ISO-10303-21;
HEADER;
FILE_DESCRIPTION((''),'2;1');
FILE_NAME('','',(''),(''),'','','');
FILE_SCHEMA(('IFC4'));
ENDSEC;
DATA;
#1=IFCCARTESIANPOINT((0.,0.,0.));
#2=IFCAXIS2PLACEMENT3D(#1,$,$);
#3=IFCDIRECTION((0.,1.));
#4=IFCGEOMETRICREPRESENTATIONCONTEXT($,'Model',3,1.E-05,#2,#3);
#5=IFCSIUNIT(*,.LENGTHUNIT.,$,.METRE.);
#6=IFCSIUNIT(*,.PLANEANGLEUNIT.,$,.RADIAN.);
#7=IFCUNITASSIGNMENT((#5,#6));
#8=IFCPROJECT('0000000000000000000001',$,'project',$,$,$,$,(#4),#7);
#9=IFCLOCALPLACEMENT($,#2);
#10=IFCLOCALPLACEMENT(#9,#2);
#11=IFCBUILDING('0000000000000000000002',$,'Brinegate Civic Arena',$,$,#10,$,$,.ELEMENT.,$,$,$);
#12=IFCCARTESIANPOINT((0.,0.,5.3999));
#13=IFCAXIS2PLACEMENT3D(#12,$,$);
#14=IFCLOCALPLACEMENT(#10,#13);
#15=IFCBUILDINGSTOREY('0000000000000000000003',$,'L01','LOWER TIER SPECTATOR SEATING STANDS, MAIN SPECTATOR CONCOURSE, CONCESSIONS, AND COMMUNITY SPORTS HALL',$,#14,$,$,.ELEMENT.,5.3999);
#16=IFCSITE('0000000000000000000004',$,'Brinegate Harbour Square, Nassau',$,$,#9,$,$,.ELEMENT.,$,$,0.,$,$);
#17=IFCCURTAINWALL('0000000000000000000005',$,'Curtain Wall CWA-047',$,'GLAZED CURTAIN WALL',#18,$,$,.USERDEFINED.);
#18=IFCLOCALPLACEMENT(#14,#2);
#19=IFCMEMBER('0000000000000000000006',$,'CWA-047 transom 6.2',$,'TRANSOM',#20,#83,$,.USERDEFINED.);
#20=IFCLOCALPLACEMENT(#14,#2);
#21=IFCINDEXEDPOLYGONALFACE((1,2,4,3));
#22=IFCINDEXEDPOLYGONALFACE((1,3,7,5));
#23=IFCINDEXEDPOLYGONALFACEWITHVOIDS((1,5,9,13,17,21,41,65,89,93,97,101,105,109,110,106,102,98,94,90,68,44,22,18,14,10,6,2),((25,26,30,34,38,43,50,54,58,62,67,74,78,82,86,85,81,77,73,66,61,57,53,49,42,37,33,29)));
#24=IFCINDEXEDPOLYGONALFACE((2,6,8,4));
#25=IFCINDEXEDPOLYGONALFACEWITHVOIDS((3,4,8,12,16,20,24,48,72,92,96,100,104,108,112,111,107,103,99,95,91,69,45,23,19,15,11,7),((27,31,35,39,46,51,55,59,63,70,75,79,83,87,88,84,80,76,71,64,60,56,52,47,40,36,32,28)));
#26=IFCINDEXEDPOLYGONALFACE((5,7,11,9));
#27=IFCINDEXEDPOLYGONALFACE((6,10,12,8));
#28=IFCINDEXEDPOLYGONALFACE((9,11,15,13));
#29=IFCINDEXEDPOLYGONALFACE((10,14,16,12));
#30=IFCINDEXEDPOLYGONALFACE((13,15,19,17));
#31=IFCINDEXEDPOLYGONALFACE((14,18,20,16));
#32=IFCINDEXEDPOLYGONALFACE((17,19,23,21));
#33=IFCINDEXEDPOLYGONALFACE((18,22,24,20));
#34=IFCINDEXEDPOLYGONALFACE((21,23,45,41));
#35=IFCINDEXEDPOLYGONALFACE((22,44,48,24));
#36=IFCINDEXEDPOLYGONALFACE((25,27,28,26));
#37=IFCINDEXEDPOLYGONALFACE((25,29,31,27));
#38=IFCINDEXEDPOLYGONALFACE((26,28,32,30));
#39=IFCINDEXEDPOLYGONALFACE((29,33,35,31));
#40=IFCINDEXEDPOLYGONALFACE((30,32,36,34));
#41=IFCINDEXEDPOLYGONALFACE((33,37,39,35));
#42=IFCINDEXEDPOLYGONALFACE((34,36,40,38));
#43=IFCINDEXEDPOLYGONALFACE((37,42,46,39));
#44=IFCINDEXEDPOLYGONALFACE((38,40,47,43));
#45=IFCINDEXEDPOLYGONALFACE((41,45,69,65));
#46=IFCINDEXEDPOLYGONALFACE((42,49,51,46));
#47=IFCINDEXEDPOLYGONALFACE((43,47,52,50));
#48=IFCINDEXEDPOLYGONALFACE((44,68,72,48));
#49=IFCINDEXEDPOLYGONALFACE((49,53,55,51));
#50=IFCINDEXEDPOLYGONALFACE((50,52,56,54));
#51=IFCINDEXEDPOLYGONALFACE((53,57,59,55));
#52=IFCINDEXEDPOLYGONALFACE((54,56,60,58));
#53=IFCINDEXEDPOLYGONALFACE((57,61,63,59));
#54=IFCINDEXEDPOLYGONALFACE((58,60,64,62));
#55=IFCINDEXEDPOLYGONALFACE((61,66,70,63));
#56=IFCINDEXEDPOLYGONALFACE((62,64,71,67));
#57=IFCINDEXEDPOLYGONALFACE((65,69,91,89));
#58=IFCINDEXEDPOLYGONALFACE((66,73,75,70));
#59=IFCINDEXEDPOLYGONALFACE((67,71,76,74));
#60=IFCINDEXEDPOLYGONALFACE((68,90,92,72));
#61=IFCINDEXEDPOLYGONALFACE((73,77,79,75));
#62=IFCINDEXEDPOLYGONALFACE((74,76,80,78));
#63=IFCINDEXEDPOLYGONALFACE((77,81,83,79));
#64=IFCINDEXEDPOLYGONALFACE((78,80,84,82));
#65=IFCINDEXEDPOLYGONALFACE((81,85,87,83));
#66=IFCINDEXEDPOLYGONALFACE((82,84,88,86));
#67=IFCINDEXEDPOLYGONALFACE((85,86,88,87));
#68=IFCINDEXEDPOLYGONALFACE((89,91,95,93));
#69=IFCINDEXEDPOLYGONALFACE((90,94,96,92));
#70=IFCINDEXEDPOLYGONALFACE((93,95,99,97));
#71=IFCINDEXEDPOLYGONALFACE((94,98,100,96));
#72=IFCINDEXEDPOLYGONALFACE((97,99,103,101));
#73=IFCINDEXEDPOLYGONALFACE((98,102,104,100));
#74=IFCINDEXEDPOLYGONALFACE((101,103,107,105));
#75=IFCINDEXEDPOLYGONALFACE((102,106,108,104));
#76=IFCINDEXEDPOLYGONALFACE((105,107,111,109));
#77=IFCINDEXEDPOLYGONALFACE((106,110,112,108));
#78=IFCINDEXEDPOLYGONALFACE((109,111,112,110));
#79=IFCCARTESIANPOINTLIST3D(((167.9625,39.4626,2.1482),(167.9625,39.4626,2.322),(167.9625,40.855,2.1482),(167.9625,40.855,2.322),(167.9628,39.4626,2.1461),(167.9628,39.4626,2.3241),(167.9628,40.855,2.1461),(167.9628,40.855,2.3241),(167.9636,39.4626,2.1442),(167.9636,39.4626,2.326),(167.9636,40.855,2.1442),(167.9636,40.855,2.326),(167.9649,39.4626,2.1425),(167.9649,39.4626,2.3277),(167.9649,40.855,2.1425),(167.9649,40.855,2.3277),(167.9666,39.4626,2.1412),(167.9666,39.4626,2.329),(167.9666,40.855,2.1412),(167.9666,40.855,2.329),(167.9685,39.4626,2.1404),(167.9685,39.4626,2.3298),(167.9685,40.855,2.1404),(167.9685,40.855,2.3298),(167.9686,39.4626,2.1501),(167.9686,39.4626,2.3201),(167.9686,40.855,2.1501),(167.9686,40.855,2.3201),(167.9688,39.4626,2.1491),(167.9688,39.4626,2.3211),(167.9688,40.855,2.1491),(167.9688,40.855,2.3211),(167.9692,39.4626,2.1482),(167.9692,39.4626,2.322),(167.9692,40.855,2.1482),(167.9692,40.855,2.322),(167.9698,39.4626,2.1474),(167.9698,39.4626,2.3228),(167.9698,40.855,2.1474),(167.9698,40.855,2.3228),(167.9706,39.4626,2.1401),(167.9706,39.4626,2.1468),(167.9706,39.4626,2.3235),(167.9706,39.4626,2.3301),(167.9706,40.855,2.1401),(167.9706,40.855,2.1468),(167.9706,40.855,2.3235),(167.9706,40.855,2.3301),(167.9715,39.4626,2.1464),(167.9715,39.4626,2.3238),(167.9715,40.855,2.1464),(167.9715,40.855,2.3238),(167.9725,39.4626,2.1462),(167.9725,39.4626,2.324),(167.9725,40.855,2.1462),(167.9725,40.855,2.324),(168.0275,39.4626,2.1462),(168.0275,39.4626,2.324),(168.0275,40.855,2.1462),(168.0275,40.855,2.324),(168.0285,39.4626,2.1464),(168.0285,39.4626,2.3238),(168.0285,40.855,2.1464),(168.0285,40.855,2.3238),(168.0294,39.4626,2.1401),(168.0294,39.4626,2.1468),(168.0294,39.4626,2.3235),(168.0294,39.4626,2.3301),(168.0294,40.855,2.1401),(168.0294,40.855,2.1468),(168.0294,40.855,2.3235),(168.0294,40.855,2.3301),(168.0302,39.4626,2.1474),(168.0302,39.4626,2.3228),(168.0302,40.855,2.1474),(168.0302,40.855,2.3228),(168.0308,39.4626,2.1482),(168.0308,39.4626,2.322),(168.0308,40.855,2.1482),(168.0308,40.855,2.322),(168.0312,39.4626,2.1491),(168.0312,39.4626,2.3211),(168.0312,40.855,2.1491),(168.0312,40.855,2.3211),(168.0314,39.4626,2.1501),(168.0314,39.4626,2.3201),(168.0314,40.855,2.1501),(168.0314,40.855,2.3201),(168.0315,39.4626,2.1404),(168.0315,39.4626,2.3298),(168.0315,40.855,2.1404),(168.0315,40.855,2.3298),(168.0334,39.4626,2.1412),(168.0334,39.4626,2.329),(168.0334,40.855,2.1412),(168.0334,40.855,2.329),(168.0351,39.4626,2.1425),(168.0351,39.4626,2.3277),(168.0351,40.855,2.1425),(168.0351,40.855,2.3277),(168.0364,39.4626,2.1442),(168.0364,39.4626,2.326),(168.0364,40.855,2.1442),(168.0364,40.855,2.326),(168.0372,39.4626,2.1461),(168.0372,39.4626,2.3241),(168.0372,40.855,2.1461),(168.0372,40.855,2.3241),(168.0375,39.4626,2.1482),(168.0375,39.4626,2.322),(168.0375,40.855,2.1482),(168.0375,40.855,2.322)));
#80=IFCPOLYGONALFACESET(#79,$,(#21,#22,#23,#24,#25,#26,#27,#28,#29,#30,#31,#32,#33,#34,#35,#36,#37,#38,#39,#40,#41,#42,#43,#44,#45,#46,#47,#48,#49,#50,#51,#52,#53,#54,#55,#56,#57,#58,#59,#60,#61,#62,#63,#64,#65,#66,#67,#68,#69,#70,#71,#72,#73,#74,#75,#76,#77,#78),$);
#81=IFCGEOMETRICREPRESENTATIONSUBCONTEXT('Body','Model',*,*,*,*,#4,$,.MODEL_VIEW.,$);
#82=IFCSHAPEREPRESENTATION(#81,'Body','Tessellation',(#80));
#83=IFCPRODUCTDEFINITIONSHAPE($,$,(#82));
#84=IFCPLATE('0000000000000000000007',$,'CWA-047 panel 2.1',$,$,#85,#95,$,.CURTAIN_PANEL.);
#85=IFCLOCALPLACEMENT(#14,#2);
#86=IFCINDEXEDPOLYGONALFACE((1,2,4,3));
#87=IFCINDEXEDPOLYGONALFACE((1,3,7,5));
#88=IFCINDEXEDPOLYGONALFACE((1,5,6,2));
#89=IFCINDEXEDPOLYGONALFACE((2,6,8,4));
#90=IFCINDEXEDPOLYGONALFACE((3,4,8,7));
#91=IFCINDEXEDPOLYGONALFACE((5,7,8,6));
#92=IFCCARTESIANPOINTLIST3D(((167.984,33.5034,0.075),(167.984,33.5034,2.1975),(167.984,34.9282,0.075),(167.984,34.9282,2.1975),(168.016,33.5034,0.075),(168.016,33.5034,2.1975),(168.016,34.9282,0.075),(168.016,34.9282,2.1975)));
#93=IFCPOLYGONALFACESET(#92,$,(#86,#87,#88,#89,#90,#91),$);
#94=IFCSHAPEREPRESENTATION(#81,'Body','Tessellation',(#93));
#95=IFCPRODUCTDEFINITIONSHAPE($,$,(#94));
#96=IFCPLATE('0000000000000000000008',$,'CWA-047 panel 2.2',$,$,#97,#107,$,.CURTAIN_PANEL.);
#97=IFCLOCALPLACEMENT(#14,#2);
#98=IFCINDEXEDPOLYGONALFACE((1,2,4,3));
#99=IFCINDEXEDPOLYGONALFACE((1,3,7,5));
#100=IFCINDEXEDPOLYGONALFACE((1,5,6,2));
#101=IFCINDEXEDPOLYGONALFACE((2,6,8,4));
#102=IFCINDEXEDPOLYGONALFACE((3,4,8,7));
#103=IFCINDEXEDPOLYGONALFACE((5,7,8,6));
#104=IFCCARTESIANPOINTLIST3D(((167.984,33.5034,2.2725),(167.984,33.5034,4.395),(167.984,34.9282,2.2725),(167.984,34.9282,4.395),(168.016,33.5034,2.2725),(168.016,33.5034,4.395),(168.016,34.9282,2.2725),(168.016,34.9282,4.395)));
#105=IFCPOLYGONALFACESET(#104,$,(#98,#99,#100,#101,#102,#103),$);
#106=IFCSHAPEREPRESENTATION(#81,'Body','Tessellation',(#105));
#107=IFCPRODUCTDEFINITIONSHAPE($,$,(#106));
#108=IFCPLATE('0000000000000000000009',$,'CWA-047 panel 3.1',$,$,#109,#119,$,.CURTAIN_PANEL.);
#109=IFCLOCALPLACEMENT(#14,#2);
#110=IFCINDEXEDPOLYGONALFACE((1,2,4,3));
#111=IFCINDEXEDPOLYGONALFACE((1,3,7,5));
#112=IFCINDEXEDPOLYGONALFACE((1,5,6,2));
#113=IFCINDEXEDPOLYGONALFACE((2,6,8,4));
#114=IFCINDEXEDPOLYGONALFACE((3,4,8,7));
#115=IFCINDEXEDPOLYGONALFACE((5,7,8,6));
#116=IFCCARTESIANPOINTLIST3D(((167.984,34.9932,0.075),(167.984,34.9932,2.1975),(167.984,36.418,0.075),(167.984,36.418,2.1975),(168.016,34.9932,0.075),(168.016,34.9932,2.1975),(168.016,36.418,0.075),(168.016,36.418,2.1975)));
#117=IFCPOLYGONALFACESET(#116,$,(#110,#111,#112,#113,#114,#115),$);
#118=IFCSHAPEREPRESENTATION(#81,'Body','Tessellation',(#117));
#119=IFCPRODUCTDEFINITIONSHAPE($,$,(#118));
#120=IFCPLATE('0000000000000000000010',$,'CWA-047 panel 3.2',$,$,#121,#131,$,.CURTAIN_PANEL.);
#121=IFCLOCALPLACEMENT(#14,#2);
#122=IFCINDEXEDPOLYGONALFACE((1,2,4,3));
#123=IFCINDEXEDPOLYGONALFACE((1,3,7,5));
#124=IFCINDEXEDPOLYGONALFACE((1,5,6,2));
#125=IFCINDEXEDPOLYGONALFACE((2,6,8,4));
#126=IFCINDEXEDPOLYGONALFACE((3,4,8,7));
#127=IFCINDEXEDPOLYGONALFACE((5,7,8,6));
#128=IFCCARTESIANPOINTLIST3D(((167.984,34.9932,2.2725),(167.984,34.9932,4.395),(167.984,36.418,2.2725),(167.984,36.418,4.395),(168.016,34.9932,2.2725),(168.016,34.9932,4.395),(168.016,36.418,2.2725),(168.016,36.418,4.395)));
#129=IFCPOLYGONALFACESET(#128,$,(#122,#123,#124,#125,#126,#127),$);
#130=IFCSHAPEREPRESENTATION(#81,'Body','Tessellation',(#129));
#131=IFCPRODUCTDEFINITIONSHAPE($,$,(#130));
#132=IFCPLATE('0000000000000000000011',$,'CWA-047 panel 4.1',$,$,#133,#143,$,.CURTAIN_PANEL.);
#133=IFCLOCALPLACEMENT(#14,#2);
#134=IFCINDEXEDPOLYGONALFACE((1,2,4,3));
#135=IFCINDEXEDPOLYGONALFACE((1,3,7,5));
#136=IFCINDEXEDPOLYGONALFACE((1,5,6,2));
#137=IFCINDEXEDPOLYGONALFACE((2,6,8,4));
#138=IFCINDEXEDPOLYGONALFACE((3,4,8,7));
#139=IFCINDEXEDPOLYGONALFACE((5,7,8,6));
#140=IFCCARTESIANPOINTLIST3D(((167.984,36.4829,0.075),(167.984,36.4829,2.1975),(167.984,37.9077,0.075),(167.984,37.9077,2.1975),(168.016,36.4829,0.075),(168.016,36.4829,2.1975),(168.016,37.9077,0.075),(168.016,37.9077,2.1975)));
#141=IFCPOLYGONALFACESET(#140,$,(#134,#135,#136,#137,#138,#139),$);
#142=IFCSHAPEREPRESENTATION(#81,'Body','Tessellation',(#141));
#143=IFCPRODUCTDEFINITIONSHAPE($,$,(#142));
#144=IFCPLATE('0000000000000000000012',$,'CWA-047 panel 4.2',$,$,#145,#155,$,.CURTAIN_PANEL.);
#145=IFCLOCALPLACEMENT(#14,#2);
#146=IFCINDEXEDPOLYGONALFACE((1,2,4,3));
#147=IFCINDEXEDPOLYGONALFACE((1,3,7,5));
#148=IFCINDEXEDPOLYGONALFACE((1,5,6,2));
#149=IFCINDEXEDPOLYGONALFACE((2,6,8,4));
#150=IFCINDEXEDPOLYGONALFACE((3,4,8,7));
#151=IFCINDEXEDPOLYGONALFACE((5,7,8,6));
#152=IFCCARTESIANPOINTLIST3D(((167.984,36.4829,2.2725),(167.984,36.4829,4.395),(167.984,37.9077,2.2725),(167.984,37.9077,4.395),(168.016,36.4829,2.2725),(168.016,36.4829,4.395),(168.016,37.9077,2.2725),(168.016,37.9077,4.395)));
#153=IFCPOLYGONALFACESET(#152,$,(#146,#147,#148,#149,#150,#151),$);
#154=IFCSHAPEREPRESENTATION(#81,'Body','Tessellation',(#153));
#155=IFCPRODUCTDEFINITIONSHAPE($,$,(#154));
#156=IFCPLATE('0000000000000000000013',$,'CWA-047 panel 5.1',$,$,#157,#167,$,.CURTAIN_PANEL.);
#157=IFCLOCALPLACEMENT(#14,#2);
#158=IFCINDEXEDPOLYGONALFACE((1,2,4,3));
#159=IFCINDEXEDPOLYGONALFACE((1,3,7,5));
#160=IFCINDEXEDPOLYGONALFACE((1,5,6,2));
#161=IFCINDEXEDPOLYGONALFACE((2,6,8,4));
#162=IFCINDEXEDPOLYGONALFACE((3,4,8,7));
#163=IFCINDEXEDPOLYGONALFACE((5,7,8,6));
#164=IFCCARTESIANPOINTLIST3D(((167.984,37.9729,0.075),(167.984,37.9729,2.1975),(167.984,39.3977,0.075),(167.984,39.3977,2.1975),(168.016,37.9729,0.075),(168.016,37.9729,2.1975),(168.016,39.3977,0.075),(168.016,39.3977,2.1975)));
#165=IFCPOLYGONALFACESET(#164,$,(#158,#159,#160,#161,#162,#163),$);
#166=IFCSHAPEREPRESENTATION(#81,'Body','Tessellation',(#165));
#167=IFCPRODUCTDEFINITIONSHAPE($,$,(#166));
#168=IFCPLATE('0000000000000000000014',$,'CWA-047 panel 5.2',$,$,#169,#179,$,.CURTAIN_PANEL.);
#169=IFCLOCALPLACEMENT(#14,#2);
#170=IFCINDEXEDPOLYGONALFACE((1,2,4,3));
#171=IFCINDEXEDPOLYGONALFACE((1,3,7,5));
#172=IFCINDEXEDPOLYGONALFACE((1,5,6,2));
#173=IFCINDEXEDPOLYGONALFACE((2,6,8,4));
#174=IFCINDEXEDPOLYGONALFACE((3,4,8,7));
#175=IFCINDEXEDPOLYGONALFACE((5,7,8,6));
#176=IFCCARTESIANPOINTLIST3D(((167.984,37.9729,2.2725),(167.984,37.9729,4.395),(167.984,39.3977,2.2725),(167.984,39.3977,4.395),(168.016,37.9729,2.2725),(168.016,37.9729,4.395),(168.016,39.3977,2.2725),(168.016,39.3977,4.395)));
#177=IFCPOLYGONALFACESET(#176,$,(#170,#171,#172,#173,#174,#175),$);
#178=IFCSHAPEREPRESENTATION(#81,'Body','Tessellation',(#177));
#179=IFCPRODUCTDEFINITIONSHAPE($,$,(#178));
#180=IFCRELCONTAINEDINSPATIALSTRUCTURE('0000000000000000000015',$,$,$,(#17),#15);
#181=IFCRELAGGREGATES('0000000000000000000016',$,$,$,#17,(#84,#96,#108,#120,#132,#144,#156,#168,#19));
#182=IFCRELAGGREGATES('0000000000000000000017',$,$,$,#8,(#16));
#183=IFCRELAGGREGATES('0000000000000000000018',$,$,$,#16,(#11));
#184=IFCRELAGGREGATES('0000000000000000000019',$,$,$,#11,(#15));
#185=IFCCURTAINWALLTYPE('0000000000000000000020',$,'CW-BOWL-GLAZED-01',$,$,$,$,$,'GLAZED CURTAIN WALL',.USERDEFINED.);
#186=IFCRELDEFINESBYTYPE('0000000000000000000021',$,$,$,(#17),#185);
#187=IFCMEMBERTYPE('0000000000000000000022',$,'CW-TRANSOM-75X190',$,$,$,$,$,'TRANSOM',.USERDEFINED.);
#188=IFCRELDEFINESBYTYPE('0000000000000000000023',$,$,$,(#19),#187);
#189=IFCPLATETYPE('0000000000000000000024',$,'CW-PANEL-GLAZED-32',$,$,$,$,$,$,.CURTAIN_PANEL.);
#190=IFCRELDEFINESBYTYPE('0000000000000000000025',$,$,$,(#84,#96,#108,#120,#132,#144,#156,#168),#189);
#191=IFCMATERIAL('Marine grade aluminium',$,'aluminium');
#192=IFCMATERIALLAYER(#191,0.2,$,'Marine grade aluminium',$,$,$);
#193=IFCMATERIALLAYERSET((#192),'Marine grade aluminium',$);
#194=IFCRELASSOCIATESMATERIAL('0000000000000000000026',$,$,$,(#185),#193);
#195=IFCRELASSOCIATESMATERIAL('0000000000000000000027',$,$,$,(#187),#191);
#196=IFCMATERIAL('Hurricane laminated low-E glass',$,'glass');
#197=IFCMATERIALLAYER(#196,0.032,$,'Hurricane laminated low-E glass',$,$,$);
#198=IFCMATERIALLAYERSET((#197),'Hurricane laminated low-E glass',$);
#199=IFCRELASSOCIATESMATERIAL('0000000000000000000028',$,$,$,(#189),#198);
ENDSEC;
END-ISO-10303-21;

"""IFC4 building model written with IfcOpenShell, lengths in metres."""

from ifc_helpers import new_model, si_unit, direction, frame, origin, origin_2d, place, context, subcontext, project, spatial, rectangle, hollow_rectangle, extrude, material, layer, layer_set, material_profile, profile_set, type_object, element, aggregate, save


model = new_model("IFC4")

# Units and contexts
model_context = context("Model", 3, precision=1e-05, world=origin(), true_north=direction((0.0, 1.0)))
body_context = subcontext(model_context, "Body", "Model", "MODEL_VIEW")
ifc_project = project(units=[si_unit("LENGTHUNIT", "METRE"), si_unit("PLANEANGLEUNIT", "RADIAN")], contexts=[model_context])

# Site, building, storey
site_placement = place(None, origin())
site = spatial("IfcSite", under=ifc_project, at=site_placement, Name="Brinegate Harbour Square, Nassau", CompositionType="ELEMENT", RefElevation=0.0)
building_placement = place(site_placement, origin())
building = spatial("IfcBuilding", under=site, at=building_placement, Name="Brinegate Civic Arena", CompositionType="ELEMENT")
storey_placement = place(building_placement, frame((0.0, 0.0, 5.3999)))
storey = spatial("IfcBuildingStorey", under=building, at=storey_placement, Name="L01", Description="LOWER TIER SPECTATOR SEATING STANDS, MAIN SPECTATOR CONCOURSE, CONCESSIONS, AND COMMUNITY SPORTS HALL", CompositionType="ELEMENT", Elevation=5.3999)

# Curtain wall, member, plates
ifc_material_1 = material(Name="Marine grade aluminium", Category="aluminium")
ifc_layer_1 = layer(ifc_material_1, 0.2, Name="Marine grade aluminium")
ifc_layer_set_1 = layer_set([ifc_layer_1], Name="Marine grade aluminium")
curtain_wall_type = type_object("IfcCurtainWallType", Name="CW-BOWL-GLAZED-01", ElementType="GLAZED CURTAIN WALL", PredefinedType="USERDEFINED", material=ifc_layer_set_1)
curtain_wall_placement = place(storey_placement, origin())
curtain_wall = element("IfcCurtainWall", 1, at=curtain_wall_placement, inside=storey, type_object=curtain_wall_type, Name="Curtain Wall CWA-047", ObjectType="GLAZED CURTAIN WALL", PredefinedType="USERDEFINED")
ifc_material_profile_1 = material_profile(ifc_material_1, hollow_rectangle(XDim=0.075, YDim=0.1899, WallThickness=0.0061, InnerFilletRadius=0.0039, OuterFilletRadius=0.0081, at=origin_2d()), Name="TRN75X190")
ifc_profile_set_1 = profile_set([ifc_material_profile_1], Name="Marine grade aluminium")
member_type_1 = type_object("IfcMemberType", Name="CW-TRANSOM-75X190", ElementType="TRANSOM", PredefinedType="USERDEFINED", material=ifc_profile_set_1)
member_1_placement = place(storey_placement, frame((168.0, 39.4626, 2.2351), z_axis=(0.0, 1.0, 0.0), x_axis=(-1.0, 0.0, 0.0)))
member_1 = element("IfcMember", 2, at=member_1_placement, type_object=member_type_1, Name="CWA-047 transom 6.2", ObjectType="TRANSOM", PredefinedType="USERDEFINED", context=body_context, shape_type="SweptSolid", body=[
    extrude(hollow_rectangle(XDim=0.075, YDim=0.1899, WallThickness=0.0061, InnerFilletRadius=0.0039, OuterFilletRadius=0.0081, at=origin_2d()), origin(), (0.0, 0.0, 1.0), 1.3923),
])
ifc_material_2 = material(Name="Hurricane laminated low-E glass", Category="glass")
ifc_layer_2 = layer(ifc_material_2, 0.032, Name="Hurricane laminated low-E glass")
ifc_layer_set_2 = layer_set([ifc_layer_2], Name="Hurricane laminated low-E glass")
plate_type = type_object("IfcPlateType", Name="CW-PANEL-GLAZED-32", PredefinedType="CURTAIN_PANEL", material=ifc_layer_set_2)
plate_1_placement = place(storey_placement, frame((168.0, 34.2158, 0.075), z_axis=(0.0, 0.0, 1.0), x_axis=(0.0, 1.0, 0.0)))
plate_1 = element("IfcPlate", 3, at=plate_1_placement, type_object=plate_type, Name="CWA-047 panel 2.1", PredefinedType="CURTAIN_PANEL", context=body_context, shape_type="SweptSolid", body=[
    extrude(rectangle(XDim=1.4248, YDim=0.032, at=origin_2d()), origin(), (0.0, 0.0, 1.0), 2.1226),
])
plate_2_placement = place(storey_placement, frame((168.0, 34.2158, 2.2725), z_axis=(0.0, 0.0, 1.0), x_axis=(0.0, 1.0, 0.0)))
plate_2 = element("IfcPlate", 4, at=plate_2_placement, type_object=plate_type, Name="CWA-047 panel 2.2", PredefinedType="CURTAIN_PANEL", context=body_context, shape_type="SweptSolid", body=[
    extrude(rectangle(XDim=1.4248, YDim=0.032, at=origin_2d()), origin(), (0.0, 0.0, 1.0), 2.1226),
])
plate_3_placement = place(storey_placement, frame((168.0, 35.7056, 0.075), z_axis=(0.0, 0.0, 1.0), x_axis=(0.0, 1.0, 0.0)))
plate_3 = element("IfcPlate", 5, at=plate_3_placement, type_object=plate_type, Name="CWA-047 panel 3.1", PredefinedType="CURTAIN_PANEL", context=body_context, shape_type="SweptSolid", body=[
    extrude(rectangle(XDim=1.4248, YDim=0.032, at=origin_2d()), origin(), (0.0, 0.0, 1.0), 2.1226),
])
plate_4_placement = place(storey_placement, frame((168.0, 35.7056, 2.2725), z_axis=(0.0, 0.0, 1.0), x_axis=(0.0, 1.0, 0.0)))
plate_4 = element("IfcPlate", 6, at=plate_4_placement, type_object=plate_type, Name="CWA-047 panel 3.2", PredefinedType="CURTAIN_PANEL", context=body_context, shape_type="SweptSolid", body=[
    extrude(rectangle(XDim=1.4248, YDim=0.032, at=origin_2d()), origin(), (0.0, 0.0, 1.0), 2.1226),
])
plate_5_placement = place(storey_placement, frame((168.0, 37.1953, 0.075), z_axis=(0.0, 0.0, 1.0), x_axis=(0.0, 1.0, 0.0)))
plate_5 = element("IfcPlate", 7, at=plate_5_placement, type_object=plate_type, Name="CWA-047 panel 4.1", PredefinedType="CURTAIN_PANEL", context=body_context, shape_type="SweptSolid", body=[
    extrude(rectangle(XDim=1.4248, YDim=0.032, at=origin_2d()), origin(), (0.0, 0.0, 1.0), 2.1226),
])
plate_6_placement = place(storey_placement, frame((168.0, 37.1953, 2.2725), z_axis=(0.0, 0.0, 1.0), x_axis=(0.0, 1.0, 0.0)))
plate_6 = element("IfcPlate", 8, at=plate_6_placement, type_object=plate_type, Name="CWA-047 panel 4.2", PredefinedType="CURTAIN_PANEL", context=body_context, shape_type="SweptSolid", body=[
    extrude(rectangle(XDim=1.4248, YDim=0.032, at=origin_2d()), origin(), (0.0, 0.0, 1.0), 2.1226),
])
plate_7_placement = place(storey_placement, frame((168.0, 38.6853, 0.075), z_axis=(0.0, 0.0, 1.0), x_axis=(0.0, 1.0, 0.0)))
plate_7 = element("IfcPlate", 9, at=plate_7_placement, type_object=plate_type, Name="CWA-047 panel 5.1", PredefinedType="CURTAIN_PANEL", context=body_context, shape_type="SweptSolid", body=[
    extrude(rectangle(XDim=1.4248, YDim=0.032, at=origin_2d()), origin(), (0.0, 0.0, 1.0), 2.1226),
])
plate_8_placement = place(storey_placement, frame((168.0, 38.6853, 2.2725), z_axis=(0.0, 0.0, 1.0), x_axis=(0.0, 1.0, 0.0)))
plate_8 = element("IfcPlate", 10, at=plate_8_placement, type_object=plate_type, Name="CWA-047 panel 5.2", PredefinedType="CURTAIN_PANEL", context=body_context, shape_type="SweptSolid", body=[
    extrude(rectangle(XDim=1.4248, YDim=0.032, at=origin_2d()), origin(), (0.0, 0.0, 1.0), 2.1226),
])
aggregate(curtain_wall, [plate_1, plate_2, plate_3, plate_4, plate_5, plate_6, plate_7, plate_8, member_1])

save(model, "model.ifc")
